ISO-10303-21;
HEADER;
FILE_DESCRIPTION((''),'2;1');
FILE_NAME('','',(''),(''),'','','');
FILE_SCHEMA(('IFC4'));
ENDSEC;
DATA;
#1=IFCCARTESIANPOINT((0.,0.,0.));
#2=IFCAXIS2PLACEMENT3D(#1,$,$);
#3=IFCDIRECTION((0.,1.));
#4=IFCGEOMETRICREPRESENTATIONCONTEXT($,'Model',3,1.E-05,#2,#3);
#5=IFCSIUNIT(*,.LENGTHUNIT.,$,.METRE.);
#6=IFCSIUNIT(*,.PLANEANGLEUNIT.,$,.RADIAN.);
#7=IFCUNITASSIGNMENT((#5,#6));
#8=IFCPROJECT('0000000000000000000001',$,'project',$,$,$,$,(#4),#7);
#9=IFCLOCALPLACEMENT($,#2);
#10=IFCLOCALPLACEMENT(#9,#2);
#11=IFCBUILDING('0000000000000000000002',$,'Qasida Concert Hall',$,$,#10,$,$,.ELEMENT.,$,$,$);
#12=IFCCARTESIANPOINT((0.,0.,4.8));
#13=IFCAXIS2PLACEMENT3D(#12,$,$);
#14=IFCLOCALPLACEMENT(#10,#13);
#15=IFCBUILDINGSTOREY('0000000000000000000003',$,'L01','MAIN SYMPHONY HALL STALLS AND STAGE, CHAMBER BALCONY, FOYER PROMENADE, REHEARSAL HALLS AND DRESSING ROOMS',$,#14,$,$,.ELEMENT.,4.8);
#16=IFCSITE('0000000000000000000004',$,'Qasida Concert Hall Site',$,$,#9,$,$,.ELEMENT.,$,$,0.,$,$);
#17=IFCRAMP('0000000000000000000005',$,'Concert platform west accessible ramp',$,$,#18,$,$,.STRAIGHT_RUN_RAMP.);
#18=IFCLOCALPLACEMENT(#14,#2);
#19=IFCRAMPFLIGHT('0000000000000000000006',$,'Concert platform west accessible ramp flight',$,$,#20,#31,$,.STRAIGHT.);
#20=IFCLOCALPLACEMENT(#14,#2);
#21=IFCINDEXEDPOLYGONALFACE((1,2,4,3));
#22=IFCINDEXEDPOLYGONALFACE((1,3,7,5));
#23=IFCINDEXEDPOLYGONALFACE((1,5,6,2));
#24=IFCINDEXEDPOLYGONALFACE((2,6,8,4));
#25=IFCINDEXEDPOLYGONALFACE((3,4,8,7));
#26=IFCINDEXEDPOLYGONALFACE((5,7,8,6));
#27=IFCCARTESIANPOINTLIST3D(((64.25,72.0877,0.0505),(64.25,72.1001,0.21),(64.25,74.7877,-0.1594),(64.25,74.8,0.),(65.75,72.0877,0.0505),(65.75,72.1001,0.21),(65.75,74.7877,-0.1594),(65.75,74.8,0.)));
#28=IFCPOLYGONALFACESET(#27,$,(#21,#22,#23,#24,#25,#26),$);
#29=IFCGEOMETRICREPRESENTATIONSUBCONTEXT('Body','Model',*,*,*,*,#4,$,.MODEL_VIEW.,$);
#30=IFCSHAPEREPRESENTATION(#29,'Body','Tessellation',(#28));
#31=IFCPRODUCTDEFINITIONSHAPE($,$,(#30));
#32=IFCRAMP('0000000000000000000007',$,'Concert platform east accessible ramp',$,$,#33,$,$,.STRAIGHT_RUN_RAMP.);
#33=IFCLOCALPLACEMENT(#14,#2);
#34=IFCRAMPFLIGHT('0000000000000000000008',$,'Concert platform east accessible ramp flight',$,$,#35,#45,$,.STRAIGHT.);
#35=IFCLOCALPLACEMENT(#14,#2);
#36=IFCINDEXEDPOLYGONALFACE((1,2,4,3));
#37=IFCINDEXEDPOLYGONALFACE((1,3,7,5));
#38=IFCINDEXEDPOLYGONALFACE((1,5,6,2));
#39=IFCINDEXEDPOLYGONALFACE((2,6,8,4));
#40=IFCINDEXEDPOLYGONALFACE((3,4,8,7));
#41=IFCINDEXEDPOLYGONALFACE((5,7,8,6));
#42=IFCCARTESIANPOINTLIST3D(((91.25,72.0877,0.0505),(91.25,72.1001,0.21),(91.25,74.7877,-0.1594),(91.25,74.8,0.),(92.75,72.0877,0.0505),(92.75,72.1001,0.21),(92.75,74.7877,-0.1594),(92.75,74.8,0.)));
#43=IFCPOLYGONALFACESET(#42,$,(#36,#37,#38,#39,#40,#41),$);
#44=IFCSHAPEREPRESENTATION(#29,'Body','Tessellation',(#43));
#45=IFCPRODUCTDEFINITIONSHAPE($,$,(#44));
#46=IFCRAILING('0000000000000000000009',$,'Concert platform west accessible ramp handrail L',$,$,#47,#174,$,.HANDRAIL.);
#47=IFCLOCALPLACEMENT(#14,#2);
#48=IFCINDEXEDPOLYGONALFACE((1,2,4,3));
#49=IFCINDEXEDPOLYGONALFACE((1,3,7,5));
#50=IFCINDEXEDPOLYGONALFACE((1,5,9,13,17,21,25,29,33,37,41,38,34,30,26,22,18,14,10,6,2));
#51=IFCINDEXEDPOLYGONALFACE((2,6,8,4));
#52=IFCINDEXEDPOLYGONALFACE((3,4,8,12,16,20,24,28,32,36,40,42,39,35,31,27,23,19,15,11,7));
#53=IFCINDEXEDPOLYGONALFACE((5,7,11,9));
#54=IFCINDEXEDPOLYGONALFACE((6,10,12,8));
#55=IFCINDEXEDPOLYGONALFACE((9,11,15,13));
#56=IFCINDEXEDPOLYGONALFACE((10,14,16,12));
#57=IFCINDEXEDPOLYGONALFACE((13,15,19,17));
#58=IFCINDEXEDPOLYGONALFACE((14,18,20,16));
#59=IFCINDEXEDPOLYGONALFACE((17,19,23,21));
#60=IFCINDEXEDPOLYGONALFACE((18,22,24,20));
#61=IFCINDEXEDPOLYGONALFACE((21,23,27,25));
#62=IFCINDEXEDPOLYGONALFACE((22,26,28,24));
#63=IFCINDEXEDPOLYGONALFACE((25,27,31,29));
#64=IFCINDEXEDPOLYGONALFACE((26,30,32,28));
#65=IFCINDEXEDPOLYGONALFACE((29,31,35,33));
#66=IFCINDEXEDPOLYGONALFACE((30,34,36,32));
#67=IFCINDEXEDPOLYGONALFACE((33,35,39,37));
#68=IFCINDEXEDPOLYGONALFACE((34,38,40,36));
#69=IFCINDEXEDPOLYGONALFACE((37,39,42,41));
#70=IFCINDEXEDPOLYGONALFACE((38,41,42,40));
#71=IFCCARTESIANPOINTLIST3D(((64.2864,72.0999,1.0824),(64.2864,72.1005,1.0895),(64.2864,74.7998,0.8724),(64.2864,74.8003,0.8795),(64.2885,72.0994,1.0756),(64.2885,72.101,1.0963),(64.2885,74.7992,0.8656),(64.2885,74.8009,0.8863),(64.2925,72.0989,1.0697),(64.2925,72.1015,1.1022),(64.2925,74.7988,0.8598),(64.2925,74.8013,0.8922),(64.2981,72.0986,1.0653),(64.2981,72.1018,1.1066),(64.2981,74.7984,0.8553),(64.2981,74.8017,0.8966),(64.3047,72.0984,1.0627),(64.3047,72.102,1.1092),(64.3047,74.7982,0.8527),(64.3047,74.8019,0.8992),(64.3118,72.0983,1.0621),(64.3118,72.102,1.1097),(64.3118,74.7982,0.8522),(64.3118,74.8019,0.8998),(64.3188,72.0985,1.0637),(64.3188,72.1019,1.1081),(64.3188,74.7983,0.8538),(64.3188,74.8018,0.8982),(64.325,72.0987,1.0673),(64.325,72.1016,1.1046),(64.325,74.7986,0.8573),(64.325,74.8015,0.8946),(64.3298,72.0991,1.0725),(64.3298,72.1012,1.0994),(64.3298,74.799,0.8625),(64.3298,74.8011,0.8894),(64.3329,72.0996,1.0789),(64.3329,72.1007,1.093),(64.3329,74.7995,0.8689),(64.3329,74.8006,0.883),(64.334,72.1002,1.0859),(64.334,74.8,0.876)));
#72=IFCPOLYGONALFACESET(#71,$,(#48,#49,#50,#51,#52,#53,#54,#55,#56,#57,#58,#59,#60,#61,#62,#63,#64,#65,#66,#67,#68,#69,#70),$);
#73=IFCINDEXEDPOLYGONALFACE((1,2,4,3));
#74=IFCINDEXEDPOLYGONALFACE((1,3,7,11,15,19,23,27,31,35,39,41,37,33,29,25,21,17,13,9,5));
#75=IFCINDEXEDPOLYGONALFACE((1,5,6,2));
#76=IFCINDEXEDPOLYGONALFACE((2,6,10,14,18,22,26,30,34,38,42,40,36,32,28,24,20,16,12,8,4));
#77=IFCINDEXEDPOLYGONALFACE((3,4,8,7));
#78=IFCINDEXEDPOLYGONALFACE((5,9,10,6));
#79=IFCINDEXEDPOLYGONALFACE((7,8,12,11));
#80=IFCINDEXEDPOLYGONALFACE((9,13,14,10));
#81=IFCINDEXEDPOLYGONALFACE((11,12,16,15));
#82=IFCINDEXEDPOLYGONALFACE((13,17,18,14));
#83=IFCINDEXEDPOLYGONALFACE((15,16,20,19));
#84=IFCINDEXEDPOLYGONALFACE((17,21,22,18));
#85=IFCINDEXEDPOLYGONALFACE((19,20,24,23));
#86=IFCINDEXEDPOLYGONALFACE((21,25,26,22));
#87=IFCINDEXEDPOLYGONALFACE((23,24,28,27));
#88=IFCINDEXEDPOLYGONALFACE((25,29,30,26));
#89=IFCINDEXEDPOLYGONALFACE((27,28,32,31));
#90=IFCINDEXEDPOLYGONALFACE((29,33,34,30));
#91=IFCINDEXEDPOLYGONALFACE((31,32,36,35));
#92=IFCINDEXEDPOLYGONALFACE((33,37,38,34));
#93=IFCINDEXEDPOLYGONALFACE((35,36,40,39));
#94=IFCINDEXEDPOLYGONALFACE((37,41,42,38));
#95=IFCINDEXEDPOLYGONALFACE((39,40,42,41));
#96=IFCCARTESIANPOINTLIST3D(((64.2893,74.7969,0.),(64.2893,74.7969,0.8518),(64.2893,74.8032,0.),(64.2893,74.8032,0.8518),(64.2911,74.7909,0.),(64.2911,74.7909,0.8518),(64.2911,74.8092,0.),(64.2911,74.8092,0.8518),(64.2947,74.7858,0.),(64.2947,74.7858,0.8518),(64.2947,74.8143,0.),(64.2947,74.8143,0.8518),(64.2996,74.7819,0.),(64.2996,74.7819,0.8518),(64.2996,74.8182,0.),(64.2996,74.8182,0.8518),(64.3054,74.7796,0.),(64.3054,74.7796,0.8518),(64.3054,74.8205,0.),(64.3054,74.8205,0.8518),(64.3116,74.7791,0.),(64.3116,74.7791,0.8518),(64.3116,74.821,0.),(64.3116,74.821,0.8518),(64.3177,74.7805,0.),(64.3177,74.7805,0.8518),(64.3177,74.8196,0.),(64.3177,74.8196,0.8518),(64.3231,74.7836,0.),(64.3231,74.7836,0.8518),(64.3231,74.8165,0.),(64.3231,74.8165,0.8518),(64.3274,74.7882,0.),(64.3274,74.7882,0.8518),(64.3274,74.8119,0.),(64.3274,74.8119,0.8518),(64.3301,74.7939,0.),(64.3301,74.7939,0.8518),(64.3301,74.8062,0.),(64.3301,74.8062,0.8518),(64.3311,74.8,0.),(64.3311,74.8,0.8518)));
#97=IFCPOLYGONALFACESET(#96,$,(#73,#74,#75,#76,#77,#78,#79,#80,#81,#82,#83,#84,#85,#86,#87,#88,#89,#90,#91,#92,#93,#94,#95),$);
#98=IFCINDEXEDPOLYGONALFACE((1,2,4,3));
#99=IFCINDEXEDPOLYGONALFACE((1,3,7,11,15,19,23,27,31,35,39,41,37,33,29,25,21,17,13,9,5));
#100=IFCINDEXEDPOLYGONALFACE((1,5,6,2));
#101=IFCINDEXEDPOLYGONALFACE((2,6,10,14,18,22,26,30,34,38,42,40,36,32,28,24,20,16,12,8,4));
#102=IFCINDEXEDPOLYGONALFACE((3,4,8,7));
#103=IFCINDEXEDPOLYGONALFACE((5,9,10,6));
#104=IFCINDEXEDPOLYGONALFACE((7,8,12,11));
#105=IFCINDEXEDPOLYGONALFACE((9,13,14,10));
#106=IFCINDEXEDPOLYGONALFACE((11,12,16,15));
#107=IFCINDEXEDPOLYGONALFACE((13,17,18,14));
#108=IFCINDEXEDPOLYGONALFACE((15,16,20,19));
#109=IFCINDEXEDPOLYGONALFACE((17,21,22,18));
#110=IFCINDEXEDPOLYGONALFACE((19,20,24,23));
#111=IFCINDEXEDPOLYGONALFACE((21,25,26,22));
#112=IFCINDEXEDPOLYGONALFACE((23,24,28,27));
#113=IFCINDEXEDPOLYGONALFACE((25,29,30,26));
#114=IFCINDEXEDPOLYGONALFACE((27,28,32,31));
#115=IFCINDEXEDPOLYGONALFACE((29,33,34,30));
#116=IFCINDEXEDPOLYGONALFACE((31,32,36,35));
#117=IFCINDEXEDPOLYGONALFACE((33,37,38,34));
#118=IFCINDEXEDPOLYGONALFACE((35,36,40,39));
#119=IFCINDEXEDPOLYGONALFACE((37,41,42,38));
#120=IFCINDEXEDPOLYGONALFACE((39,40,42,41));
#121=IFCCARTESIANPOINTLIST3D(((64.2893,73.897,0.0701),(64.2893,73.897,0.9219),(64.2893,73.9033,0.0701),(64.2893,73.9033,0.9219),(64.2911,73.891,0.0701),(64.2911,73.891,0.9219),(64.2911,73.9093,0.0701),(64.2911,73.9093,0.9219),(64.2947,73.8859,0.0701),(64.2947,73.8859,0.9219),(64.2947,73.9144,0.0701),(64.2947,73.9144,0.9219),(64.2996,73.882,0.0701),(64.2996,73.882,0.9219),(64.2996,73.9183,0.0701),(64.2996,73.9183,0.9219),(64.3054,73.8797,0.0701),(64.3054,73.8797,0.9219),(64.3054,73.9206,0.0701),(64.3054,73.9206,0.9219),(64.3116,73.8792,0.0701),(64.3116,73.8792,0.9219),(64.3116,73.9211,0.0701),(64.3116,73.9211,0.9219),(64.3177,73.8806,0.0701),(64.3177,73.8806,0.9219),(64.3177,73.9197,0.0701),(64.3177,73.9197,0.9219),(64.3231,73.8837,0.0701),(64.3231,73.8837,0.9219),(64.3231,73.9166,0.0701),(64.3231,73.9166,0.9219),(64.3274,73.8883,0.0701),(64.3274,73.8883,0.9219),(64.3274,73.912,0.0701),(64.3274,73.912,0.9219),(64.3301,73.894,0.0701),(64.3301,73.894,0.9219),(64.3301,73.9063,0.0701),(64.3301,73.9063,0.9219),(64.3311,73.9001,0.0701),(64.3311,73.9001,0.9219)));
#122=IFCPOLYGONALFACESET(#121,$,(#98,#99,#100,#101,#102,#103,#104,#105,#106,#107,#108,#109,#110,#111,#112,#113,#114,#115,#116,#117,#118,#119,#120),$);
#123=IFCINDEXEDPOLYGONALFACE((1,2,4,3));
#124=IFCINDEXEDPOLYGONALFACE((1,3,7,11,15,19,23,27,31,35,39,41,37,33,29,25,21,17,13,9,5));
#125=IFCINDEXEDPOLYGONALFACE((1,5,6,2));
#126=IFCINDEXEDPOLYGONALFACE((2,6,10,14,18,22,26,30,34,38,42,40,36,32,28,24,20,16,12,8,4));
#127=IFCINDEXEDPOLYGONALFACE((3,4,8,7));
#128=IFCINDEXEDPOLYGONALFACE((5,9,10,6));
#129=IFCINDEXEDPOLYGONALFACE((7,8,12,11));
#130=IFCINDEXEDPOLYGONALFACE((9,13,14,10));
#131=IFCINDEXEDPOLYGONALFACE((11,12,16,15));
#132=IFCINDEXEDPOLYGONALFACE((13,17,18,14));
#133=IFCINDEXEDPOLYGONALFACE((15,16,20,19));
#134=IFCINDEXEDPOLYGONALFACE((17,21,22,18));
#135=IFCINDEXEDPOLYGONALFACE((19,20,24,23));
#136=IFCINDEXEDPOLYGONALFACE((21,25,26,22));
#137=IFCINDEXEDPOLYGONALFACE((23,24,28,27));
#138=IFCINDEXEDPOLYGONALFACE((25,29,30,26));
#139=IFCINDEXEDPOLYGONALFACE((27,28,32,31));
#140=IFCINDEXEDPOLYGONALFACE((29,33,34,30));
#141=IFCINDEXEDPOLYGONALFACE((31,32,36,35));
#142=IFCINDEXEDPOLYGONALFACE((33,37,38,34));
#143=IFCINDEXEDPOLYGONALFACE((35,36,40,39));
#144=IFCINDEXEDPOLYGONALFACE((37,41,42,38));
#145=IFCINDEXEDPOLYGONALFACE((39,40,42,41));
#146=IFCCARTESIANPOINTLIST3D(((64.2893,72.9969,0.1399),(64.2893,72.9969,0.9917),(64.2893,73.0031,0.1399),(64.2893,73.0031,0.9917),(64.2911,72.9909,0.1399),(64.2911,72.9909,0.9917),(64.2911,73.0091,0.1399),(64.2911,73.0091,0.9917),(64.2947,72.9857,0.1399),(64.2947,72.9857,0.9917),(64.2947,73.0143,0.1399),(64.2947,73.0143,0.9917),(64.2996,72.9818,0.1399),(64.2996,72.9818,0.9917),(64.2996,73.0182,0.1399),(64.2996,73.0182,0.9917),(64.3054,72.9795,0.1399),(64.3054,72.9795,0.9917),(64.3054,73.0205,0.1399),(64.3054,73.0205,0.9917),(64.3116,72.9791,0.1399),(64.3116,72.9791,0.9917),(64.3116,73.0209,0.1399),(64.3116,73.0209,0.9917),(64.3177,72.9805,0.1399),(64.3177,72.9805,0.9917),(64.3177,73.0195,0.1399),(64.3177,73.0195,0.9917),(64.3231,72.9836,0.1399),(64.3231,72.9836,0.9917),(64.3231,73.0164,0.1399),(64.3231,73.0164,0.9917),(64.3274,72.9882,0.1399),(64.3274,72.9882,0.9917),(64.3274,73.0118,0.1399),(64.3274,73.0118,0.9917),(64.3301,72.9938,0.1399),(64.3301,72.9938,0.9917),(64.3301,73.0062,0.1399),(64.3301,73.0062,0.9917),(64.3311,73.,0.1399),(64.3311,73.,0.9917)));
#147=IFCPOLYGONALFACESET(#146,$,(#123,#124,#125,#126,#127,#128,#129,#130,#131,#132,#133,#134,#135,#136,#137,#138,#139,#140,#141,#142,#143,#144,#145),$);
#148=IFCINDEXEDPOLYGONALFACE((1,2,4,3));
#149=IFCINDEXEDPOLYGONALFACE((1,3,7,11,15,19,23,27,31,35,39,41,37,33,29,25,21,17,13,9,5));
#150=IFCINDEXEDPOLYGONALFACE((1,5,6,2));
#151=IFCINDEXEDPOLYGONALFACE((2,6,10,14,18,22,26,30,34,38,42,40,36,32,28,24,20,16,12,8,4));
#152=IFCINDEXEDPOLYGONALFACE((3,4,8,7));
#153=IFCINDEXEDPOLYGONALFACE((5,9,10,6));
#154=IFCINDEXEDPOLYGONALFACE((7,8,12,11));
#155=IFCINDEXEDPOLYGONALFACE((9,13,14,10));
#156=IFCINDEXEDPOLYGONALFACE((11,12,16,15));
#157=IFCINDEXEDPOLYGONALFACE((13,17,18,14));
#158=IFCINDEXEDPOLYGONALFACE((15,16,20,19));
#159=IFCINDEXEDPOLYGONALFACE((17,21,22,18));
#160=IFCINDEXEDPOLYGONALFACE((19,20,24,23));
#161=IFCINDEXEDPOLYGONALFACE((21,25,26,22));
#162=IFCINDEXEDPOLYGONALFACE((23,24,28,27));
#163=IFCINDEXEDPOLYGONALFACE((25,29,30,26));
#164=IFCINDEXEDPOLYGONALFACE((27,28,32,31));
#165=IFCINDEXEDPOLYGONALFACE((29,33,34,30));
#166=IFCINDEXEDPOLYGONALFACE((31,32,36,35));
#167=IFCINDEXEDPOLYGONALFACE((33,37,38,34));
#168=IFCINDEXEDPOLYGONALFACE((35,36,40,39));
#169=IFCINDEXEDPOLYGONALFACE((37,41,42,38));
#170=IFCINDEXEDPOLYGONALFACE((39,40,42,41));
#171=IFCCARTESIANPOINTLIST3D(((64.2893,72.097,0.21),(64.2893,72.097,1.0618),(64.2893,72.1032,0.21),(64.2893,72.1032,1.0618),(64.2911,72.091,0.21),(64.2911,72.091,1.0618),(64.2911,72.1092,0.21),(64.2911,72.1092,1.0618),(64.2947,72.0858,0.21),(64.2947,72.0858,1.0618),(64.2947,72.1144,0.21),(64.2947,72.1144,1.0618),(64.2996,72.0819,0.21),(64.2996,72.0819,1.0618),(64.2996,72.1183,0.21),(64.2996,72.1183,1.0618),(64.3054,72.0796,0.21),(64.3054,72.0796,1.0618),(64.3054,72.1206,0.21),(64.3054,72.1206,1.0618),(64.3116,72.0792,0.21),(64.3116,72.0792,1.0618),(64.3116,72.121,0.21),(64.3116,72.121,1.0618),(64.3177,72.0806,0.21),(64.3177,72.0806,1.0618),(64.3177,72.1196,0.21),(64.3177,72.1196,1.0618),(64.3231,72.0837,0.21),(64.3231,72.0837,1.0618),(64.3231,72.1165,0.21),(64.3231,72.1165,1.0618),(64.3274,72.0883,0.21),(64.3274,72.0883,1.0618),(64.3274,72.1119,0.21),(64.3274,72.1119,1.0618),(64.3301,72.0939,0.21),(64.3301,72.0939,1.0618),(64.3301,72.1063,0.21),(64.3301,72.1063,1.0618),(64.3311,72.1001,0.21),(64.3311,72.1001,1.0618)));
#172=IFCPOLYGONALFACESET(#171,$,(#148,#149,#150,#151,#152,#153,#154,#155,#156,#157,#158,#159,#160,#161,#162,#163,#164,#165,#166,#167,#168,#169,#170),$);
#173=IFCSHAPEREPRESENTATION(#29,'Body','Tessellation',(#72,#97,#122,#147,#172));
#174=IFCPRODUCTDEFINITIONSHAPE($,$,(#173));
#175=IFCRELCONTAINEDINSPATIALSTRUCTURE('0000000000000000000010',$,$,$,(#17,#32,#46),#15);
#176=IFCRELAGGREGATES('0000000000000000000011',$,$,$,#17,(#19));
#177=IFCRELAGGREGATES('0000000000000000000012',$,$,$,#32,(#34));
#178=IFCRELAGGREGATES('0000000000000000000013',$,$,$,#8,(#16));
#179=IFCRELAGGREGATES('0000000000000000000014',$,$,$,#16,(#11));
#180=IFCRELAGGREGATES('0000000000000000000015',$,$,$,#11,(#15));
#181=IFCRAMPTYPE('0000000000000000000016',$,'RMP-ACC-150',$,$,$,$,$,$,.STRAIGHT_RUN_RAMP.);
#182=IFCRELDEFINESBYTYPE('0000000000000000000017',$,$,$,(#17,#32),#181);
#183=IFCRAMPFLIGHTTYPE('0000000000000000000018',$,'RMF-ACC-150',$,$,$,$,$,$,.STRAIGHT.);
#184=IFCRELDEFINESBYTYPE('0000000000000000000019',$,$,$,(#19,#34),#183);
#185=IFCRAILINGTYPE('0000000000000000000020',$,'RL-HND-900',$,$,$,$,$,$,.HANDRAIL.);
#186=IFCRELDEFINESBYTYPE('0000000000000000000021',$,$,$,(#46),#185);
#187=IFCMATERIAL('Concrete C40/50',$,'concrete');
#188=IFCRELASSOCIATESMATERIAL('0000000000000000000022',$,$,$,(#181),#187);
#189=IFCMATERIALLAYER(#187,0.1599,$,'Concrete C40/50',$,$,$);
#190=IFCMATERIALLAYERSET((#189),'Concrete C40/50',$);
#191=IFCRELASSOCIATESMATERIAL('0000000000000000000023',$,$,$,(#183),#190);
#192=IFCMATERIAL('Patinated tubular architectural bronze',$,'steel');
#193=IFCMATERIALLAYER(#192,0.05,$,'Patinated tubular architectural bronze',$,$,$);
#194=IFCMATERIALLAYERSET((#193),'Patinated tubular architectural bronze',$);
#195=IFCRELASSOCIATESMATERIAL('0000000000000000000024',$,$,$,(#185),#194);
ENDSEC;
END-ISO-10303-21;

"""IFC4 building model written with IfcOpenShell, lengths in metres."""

from ifc_helpers import new_model, si_unit, direction, frame, origin, origin_2d, place, context, subcontext, project, spatial, polyline, circle, outline, extrude, material, layer, layer_set, type_object, element, aggregate, save


model = new_model("IFC4")

# Units and contexts
model_context = context("Model", 3, precision=1e-05, world=origin(), true_north=direction((0.0, 1.0)))
body_context = subcontext(model_context, "Body", "Model", "MODEL_VIEW")
ifc_project = project(units=[si_unit("LENGTHUNIT", "METRE"), si_unit("PLANEANGLEUNIT", "RADIAN")], contexts=[model_context])

# Site, building, storey
site_placement = place(None, origin())
site = spatial("IfcSite", under=ifc_project, at=site_placement, Name="Qasida Concert Hall Site", CompositionType="ELEMENT", RefElevation=0.0)
building_placement = place(site_placement, origin())
building = spatial("IfcBuilding", under=site, at=building_placement, Name="Qasida Concert Hall", CompositionType="ELEMENT")
storey_placement = place(building_placement, frame((0.0, 0.0, 4.8)))
storey = spatial("IfcBuildingStorey", under=building, at=storey_placement, Name="L01", Description="MAIN SYMPHONY HALL STALLS AND STAGE, CHAMBER BALCONY, FOYER PROMENADE, REHEARSAL HALLS AND DRESSING ROOMS", CompositionType="ELEMENT", Elevation=4.8)

# Shared definitions
ifc_material_1 = material(Name="Concrete C40/50", Category="concrete")

# Ramps, ramp flights
ramp_type = type_object("IfcRampType", Name="RMP-ACC-150", PredefinedType="STRAIGHT_RUN_RAMP", material=ifc_material_1)
ramp_1_placement = place(storey_placement, origin())
ramp_1 = element("IfcRamp", 1, at=ramp_1_placement, inside=storey, type_object=ramp_type, Name="Concert platform west accessible ramp", PredefinedType="STRAIGHT_RUN_RAMP")
ifc_layer_1 = layer(ifc_material_1, 0.1599, Name="Concrete C40/50")
ifc_layer_set_1 = layer_set([ifc_layer_1], Name="Concrete C40/50")
ramp_flight_type = type_object("IfcRampFlightType", Name="RMF-ACC-150", PredefinedType="STRAIGHT", material=ifc_layer_set_1)
ramp_flight_1_placement = place(storey_placement, frame((64.25, 74.8, 0.0), z_axis=(0.0, 0.077531, 0.99699), x_axis=(0.0, -0.99699, 0.077531)))
ramp_flight_1 = element("IfcRampFlight", 2, at=ramp_flight_1_placement, type_object=ramp_flight_type, Name="Concert platform west accessible ramp flight", PredefinedType="STRAIGHT", context=body_context, shape_type="SweptSolid", body=[
    extrude(outline(polyline([(0.0, 0.0), (2.7081, 0.0), (2.7081, 1.5), (0.0, 1.5), (0.0, 0.0)])), origin(), (0.0, 0.0, -1.0), 0.1599),
])
aggregate(ramp_1, [ramp_flight_1])
ramp_2_placement = place(storey_placement, origin())
ramp_2 = element("IfcRamp", 3, at=ramp_2_placement, inside=storey, type_object=ramp_type, Name="Concert platform east accessible ramp", PredefinedType="STRAIGHT_RUN_RAMP")
ramp_flight_2_placement = place(storey_placement, frame((91.25, 74.8, 0.0), z_axis=(0.0, 0.077531, 0.99699), x_axis=(0.0, -0.99699, 0.077531)))
ramp_flight_2 = element("IfcRampFlight", 4, at=ramp_flight_2_placement, type_object=ramp_flight_type, Name="Concert platform east accessible ramp flight", PredefinedType="STRAIGHT", context=body_context, shape_type="SweptSolid", body=[
    extrude(outline(polyline([(0.0, 0.0), (2.7081, 0.0), (2.7081, 1.5), (0.0, 1.5), (0.0, 0.0)])), origin(), (0.0, 0.0, -1.0), 0.1599),
])
aggregate(ramp_2, [ramp_flight_2])

# Railing
ifc_material_2 = material(Name="Patinated tubular architectural bronze", Category="steel")
ifc_layer_2 = layer(ifc_material_2, 0.05, Name="Patinated tubular architectural bronze")
ifc_layer_set_2 = layer_set([ifc_layer_2], Name="Patinated tubular architectural bronze")
railing_type = type_object("IfcRailingType", Name="RL-HND-900", PredefinedType="HANDRAIL", material=ifc_layer_set_2)
for number, where, name in (
    (5, (64.3101, 74.8, 0.0), "Concert platform west accessible ramp handrail L"),
):
    element("IfcRailing", number, at=place(storey_placement, frame(where)), inside=storey, type_object=railing_type, Name=name, PredefinedType="HANDRAIL", context=body_context, shape_type="SweptSolid", body=[
        extrude(circle(Radius=0.0239, at=origin_2d()), frame((0.0, 0.0, 0.876), z_axis=(0.0, -0.99699, 0.077531), x_axis=(1.0, 0.0, 0.0)), (0.0, 0.0, 1.0), 2.708),
        extrude(circle(Radius=0.021, at=origin_2d()), origin(), (0.0, 0.0, 1.0), 0.8518),
        extrude(circle(Radius=0.021, at=origin_2d()), frame((0.0, -0.8999, 0.0701)), (0.0, 0.0, 1.0), 0.8518),
        extrude(circle(Radius=0.021, at=origin_2d()), frame((0.0, -1.8, 0.1399)), (0.0, 0.0, 1.0), 0.8518),
        extrude(circle(Radius=0.021, at=origin_2d()), frame((0.0, -2.7, 0.21)), (0.0, 0.0, 1.0), 0.8518),
    ])

save(model, "model.ifc")
